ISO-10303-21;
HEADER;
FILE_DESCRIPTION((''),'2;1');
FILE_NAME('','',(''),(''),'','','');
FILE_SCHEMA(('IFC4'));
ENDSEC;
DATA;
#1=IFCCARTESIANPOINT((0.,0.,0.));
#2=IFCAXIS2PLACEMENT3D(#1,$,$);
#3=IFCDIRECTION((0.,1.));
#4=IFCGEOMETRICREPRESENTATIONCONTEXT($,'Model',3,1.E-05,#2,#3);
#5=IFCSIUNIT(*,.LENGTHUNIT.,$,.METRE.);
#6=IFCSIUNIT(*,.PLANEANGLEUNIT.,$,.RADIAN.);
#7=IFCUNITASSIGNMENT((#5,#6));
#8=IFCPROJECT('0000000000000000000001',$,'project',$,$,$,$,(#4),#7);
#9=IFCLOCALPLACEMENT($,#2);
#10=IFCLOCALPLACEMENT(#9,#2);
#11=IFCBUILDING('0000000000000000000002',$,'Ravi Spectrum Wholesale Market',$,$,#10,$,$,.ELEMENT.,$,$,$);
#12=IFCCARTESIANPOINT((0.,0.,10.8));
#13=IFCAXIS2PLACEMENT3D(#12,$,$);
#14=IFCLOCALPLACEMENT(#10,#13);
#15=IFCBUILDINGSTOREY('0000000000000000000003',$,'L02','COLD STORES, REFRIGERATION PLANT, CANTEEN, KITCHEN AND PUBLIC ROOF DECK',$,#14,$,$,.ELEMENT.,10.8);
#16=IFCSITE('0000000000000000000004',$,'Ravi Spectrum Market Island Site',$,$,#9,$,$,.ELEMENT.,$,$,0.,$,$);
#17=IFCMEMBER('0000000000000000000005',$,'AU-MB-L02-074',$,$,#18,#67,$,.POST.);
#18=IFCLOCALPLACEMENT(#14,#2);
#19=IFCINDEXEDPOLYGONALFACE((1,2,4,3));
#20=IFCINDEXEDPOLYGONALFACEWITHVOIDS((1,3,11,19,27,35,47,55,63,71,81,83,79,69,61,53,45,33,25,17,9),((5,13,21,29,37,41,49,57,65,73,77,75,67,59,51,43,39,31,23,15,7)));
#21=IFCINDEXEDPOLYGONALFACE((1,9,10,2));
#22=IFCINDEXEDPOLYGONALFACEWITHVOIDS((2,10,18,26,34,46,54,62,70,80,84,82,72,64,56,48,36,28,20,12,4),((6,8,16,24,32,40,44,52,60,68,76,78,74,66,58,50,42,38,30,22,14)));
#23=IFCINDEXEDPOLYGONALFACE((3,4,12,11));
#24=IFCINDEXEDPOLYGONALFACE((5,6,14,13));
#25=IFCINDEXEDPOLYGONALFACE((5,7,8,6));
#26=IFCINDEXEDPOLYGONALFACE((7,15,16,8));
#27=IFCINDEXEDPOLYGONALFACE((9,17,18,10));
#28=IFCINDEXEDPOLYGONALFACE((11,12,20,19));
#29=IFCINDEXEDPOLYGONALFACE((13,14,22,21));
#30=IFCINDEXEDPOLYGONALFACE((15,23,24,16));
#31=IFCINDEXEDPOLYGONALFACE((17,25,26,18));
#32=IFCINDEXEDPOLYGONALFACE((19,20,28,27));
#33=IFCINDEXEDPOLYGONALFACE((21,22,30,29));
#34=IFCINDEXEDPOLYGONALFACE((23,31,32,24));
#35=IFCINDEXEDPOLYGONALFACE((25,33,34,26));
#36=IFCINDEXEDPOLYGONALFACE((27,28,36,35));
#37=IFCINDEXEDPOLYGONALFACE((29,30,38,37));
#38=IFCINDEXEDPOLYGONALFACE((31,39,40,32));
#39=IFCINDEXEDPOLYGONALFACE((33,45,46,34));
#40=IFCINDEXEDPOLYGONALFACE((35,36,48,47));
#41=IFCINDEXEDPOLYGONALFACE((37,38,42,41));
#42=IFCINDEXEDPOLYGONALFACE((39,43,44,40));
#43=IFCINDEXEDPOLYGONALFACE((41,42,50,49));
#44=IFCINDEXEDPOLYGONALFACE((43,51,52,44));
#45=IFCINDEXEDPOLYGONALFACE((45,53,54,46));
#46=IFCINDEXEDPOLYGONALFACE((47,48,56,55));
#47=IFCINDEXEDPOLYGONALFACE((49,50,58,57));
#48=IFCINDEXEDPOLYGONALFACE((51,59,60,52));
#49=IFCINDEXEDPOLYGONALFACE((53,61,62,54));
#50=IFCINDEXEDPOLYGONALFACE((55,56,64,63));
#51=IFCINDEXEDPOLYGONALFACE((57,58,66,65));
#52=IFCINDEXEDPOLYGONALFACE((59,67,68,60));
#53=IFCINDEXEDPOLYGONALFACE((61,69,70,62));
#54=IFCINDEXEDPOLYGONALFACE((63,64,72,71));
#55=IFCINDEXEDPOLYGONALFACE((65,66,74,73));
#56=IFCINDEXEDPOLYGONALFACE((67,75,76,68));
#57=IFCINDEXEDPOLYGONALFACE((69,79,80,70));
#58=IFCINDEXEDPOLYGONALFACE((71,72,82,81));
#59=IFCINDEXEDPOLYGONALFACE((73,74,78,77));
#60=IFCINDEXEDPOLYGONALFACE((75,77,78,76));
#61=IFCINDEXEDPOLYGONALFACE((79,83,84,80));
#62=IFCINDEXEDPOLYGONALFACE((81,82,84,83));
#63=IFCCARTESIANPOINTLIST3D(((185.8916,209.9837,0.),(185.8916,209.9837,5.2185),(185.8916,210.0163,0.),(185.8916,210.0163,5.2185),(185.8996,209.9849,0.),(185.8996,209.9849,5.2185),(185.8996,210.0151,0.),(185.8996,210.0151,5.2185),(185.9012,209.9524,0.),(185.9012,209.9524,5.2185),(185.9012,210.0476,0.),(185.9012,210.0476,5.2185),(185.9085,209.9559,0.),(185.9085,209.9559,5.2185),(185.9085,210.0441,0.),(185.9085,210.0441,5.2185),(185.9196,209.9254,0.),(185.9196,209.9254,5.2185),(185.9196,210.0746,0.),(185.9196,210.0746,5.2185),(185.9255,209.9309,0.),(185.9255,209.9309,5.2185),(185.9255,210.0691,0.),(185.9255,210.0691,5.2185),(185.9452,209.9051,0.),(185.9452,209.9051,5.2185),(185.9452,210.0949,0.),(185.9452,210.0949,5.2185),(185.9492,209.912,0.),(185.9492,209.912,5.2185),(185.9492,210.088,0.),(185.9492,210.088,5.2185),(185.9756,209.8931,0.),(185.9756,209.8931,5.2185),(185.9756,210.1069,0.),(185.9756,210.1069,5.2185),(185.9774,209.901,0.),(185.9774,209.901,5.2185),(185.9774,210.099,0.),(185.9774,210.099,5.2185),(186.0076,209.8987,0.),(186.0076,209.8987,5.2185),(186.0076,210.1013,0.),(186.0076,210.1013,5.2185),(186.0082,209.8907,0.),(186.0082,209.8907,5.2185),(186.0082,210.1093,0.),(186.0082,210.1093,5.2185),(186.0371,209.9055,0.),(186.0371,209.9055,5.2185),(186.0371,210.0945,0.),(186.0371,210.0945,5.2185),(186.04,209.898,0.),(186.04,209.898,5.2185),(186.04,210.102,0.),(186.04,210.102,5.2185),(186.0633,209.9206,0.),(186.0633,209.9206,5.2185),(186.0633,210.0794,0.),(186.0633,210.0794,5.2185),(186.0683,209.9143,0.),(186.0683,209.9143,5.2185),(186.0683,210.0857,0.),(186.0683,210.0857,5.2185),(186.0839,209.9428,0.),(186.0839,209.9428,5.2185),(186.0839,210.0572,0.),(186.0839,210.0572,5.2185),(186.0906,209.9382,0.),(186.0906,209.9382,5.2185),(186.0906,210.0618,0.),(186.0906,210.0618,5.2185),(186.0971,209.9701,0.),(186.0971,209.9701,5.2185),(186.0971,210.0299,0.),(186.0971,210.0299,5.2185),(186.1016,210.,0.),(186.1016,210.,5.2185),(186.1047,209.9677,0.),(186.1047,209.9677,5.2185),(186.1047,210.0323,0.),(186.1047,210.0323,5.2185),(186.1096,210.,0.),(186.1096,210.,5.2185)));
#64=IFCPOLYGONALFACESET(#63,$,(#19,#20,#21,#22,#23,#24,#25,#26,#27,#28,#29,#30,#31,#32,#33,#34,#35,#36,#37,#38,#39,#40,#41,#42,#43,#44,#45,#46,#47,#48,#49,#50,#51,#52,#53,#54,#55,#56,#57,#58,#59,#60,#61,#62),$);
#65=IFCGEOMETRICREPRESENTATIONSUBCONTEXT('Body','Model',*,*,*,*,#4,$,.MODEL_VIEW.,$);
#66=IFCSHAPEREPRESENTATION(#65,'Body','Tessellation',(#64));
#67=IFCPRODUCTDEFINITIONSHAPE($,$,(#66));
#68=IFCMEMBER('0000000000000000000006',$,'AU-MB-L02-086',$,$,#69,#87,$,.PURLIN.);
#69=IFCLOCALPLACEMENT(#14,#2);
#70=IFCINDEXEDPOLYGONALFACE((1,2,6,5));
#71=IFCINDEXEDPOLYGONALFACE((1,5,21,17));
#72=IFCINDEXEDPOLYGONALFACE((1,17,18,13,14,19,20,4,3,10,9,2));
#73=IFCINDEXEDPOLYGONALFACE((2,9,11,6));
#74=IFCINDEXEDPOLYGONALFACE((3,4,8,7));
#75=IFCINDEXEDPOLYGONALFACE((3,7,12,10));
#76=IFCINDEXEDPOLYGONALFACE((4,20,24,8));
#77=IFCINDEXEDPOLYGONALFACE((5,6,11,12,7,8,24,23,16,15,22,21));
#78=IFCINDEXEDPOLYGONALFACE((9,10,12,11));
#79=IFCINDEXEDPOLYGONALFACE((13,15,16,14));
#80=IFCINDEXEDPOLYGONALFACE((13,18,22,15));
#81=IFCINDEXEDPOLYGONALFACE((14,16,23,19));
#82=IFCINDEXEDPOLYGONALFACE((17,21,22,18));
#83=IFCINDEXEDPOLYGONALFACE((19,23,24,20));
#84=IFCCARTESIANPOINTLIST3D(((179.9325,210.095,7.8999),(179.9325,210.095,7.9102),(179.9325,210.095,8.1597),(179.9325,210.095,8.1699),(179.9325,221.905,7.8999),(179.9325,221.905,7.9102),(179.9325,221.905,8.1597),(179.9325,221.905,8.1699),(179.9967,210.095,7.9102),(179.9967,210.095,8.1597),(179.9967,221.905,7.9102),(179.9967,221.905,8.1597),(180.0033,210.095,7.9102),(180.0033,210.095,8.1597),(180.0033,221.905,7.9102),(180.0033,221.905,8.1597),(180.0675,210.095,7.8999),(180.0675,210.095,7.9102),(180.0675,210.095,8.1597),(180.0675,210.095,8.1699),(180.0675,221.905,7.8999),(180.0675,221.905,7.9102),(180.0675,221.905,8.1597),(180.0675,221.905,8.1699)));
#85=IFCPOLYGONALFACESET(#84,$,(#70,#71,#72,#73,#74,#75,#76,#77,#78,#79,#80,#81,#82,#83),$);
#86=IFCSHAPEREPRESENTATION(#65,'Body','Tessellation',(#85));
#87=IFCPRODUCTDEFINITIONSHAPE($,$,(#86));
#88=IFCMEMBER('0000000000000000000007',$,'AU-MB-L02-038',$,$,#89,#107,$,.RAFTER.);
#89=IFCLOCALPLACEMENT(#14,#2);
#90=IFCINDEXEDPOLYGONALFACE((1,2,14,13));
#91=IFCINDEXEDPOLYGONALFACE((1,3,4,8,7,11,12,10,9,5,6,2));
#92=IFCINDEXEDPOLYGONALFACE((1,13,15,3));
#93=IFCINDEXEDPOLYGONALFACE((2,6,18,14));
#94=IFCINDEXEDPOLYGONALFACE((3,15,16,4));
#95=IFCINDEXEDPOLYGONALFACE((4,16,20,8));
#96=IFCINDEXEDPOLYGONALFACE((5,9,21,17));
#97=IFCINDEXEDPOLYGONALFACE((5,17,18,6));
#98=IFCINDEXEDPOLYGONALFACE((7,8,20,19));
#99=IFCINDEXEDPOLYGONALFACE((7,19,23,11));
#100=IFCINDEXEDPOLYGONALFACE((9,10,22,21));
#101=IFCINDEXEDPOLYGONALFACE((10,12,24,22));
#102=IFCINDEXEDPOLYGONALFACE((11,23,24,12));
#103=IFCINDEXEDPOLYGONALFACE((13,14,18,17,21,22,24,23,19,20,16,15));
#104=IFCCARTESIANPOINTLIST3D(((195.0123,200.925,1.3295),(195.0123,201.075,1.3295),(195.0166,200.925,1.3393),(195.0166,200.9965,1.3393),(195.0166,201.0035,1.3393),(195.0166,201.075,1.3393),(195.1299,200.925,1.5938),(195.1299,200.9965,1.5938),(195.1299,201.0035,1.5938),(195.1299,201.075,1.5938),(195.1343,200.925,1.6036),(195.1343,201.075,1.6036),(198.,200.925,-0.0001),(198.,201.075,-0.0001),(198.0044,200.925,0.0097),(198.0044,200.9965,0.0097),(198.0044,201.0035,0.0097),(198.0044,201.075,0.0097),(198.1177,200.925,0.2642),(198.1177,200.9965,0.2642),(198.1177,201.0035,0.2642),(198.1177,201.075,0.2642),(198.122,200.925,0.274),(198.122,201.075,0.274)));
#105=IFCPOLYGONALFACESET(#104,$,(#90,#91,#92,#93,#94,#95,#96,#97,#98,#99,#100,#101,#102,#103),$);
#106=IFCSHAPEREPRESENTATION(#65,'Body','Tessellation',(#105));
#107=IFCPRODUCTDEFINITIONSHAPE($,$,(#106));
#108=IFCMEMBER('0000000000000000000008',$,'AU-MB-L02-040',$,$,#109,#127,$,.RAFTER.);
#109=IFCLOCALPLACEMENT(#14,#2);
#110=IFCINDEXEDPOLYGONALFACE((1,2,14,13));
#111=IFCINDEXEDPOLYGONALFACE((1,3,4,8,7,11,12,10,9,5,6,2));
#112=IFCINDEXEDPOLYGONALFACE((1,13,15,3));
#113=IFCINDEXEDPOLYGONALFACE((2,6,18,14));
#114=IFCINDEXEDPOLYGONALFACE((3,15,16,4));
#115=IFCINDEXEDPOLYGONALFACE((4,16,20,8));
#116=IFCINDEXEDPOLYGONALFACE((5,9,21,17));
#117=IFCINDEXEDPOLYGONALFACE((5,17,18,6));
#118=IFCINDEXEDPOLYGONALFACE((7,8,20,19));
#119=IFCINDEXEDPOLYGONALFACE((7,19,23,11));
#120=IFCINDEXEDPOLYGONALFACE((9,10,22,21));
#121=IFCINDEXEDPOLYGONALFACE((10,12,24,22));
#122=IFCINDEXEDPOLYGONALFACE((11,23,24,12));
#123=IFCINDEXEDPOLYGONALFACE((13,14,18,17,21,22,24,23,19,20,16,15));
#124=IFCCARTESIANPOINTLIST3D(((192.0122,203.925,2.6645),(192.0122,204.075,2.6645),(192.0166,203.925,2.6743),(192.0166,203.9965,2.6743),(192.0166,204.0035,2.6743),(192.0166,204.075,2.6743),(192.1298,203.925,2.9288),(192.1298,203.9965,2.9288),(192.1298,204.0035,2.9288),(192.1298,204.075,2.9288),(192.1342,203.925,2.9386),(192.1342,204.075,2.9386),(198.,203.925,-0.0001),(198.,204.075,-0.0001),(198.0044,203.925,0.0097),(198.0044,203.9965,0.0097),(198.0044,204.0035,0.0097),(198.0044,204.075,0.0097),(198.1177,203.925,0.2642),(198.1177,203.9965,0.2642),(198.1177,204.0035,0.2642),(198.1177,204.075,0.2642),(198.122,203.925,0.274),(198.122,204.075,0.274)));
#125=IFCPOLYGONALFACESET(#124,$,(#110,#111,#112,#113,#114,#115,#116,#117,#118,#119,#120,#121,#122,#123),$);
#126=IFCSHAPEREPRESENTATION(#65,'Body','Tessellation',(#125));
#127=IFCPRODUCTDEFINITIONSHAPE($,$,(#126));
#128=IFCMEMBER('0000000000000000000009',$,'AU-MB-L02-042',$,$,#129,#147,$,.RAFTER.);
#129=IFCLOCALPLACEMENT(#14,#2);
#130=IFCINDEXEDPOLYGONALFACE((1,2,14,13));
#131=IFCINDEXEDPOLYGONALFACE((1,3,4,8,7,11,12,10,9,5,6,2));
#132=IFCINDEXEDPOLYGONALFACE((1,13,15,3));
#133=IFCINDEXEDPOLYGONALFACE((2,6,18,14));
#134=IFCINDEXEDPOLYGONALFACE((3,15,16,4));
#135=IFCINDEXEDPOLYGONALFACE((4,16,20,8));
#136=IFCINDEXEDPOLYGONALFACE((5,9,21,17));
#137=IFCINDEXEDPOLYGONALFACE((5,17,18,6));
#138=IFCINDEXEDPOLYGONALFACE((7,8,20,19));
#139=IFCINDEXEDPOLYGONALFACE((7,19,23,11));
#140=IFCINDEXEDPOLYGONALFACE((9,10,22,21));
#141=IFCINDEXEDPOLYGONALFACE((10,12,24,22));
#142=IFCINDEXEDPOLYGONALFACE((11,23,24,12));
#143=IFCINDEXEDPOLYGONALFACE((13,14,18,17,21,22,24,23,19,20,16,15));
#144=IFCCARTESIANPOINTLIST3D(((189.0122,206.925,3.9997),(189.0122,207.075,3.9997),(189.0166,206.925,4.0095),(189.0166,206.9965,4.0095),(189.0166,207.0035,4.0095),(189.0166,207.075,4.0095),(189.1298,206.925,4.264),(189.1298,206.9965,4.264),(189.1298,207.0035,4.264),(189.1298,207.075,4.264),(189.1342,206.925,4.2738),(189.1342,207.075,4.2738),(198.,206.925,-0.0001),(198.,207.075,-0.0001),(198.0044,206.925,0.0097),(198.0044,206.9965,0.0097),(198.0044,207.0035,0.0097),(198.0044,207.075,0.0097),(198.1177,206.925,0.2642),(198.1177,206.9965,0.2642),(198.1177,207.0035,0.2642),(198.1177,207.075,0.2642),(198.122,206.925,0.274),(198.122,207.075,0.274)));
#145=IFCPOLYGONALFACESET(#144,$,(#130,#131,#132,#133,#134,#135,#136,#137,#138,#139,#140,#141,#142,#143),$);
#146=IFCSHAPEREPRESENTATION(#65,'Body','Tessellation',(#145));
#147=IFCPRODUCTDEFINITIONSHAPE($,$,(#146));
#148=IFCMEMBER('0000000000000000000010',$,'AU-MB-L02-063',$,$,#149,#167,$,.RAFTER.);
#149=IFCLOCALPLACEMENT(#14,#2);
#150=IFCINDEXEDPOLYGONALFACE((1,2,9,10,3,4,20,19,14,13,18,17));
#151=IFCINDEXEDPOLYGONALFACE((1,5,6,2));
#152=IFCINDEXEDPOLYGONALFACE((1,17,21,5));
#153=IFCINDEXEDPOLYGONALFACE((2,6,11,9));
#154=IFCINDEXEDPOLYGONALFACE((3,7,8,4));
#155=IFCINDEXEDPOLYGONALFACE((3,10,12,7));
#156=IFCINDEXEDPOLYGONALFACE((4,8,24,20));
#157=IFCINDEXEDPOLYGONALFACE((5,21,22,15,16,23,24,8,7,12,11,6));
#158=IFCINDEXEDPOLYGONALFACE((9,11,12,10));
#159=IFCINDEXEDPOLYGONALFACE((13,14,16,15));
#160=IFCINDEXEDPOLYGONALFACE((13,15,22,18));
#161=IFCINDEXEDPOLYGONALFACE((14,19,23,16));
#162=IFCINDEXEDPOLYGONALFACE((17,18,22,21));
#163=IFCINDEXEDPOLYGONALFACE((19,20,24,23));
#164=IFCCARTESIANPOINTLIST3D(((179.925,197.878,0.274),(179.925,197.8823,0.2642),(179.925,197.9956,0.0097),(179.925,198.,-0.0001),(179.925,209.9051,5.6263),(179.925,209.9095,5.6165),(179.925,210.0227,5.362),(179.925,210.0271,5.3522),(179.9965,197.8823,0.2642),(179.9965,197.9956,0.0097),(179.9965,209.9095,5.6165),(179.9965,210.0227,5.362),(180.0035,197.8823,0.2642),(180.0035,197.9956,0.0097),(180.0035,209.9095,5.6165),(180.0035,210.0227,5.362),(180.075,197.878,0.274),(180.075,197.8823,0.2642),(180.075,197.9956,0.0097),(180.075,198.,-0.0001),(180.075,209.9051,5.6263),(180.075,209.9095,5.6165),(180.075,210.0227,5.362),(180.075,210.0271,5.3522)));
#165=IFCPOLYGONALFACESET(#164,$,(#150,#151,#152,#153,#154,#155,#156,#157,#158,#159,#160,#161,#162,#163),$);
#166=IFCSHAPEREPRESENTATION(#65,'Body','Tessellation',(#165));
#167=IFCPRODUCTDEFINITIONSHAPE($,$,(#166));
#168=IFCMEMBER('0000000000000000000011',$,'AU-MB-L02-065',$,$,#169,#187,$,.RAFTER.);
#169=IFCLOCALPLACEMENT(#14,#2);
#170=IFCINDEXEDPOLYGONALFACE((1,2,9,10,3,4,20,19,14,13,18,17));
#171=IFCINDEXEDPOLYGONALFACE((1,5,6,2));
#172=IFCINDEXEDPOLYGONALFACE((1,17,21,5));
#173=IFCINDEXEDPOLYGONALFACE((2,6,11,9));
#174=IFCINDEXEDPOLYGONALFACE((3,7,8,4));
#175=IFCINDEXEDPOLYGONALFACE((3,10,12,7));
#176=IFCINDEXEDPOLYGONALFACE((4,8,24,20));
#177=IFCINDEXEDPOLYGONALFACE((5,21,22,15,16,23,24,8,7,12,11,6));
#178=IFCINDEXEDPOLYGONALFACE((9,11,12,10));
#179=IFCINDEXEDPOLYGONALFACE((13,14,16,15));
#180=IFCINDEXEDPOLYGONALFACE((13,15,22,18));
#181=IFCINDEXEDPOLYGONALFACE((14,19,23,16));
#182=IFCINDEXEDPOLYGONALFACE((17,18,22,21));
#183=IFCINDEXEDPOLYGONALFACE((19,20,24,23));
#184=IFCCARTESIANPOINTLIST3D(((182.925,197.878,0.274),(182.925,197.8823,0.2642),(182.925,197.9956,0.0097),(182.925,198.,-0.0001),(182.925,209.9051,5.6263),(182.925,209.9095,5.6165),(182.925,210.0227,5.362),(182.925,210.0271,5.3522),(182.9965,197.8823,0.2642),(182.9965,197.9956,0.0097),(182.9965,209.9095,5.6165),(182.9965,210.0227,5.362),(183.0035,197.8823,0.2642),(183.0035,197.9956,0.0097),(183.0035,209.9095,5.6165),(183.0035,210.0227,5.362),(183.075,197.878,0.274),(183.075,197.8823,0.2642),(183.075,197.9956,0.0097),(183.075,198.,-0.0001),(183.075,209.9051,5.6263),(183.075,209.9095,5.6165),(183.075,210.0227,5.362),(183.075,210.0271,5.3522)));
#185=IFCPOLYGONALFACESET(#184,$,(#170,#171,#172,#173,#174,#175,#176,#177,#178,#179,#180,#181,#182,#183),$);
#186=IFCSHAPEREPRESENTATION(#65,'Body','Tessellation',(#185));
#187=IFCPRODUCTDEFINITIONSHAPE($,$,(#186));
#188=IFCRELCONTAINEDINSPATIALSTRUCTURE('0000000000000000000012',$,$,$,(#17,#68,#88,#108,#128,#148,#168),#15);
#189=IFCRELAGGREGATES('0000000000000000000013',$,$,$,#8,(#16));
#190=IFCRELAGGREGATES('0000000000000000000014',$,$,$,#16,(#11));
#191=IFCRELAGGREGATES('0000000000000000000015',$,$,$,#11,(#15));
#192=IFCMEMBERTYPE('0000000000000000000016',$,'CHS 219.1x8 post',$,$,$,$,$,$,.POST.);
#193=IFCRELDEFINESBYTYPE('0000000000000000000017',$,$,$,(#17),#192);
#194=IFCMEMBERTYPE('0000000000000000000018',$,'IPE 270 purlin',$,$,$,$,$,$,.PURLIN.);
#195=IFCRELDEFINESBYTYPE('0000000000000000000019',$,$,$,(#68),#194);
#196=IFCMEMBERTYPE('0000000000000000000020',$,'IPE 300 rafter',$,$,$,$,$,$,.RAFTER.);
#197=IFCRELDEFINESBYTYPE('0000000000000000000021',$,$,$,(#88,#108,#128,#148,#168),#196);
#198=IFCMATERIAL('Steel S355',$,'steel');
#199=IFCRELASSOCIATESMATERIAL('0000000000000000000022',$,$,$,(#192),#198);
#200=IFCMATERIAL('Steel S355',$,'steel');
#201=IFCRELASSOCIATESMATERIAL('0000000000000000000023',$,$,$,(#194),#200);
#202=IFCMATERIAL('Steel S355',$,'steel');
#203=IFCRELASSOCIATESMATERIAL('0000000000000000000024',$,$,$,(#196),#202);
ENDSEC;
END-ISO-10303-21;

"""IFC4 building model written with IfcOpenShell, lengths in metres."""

from ifc_helpers import new_model, si_unit, direction, frame, origin, origin_2d, place, context, subcontext, project, spatial, hollow_circle, i_section, extrude, material, material_profile, profile_set, type_object, element, save


model = new_model("IFC4")

# Units and contexts
model_context = context("Model", 3, precision=1e-05, world=origin(), true_north=direction((0.0, 1.0)))
body_context = subcontext(model_context, "Body", "Model", "MODEL_VIEW")
ifc_project = project(units=[si_unit("LENGTHUNIT", "METRE"), si_unit("PLANEANGLEUNIT", "RADIAN")], contexts=[model_context])

# Site, building, storey
site_placement = place(None, origin())
site = spatial("IfcSite", under=ifc_project, at=site_placement, Name="Ravi Spectrum Market Island Site", CompositionType="ELEMENT", RefElevation=0.0)
building_placement = place(site_placement, origin())
building = spatial("IfcBuilding", under=site, at=building_placement, Name="Ravi Spectrum Wholesale Market", CompositionType="ELEMENT")
storey_placement = place(building_placement, frame((0.0, 0.0, 10.8)))
storey = spatial("IfcBuildingStorey", under=building, at=storey_placement, Name="L02", Description="COLD STORES, REFRIGERATION PLANT, CANTEEN, KITCHEN AND PUBLIC ROOF DECK", CompositionType="ELEMENT", Elevation=10.8)

# Members
ifc_material_1 = material(Name="Steel S355", Category="steel")
ifc_material_profile_1 = material_profile(ifc_material_1, hollow_circle(Radius=0.1096, WallThickness=0.0081, at=origin_2d()))
ifc_profile_set_1 = profile_set([ifc_material_profile_1], Name="Steel S355")
member_type_1 = type_object("IfcMemberType", Name="CHS 219.1x8 post", PredefinedType="POST", material=ifc_profile_set_1)
member_1_placement = place(storey_placement, frame((186.0, 210.0, 0.0), z_axis=(0.0, 0.0, 1.0), x_axis=(1.0, 0.0, 0.0)))
element("IfcMember", 1, at=member_1_placement, inside=storey, type_object=member_type_1, Name="AU-MB-L02-074", PredefinedType="POST", context=body_context, shape_type="SweptSolid", body=[
    extrude(hollow_circle(Radius=0.1096, WallThickness=0.0081, at=origin_2d()), origin(), (0.0, 0.0, 1.0), 5.2185),
])
ifc_material_2 = material(Name="Steel S355", Category="steel")
ifc_material_profile_2 = material_profile(ifc_material_2, i_section(OverallWidth=0.135, OverallDepth=0.27, WebThickness=0.0066, FlangeThickness=0.0103, at=origin_2d()))
ifc_profile_set_2 = profile_set([ifc_material_profile_2], Name="Steel S355")
member_type_2 = type_object("IfcMemberType", Name="IPE 270 purlin", PredefinedType="PURLIN", material=ifc_profile_set_2)
member_2_placement = place(storey_placement, frame((180.0, 210.095, 8.0349), z_axis=(0.0, 1.0, 0.0), x_axis=(-1.0, 0.0, 0.0)))
element("IfcMember", 2, at=member_2_placement, inside=storey, type_object=member_type_2, Name="AU-MB-L02-086", PredefinedType="PURLIN", context=body_context, shape_type="SweptSolid", body=[
    extrude(i_section(OverallWidth=0.135, OverallDepth=0.27, WebThickness=0.0066, FlangeThickness=0.0103, at=origin_2d()), origin(), (0.0, 0.0, 1.0), 11.8101),
])
ifc_material_3 = material(Name="Steel S355", Category="steel")
ifc_material_profile_3 = material_profile(ifc_material_3, i_section(OverallWidth=0.1499, OverallDepth=0.3, WebThickness=0.0071, FlangeThickness=0.0107, at=origin_2d()))
ifc_profile_set_3 = profile_set([ifc_material_profile_3], Name="Steel S355")
member_type_3 = type_object("IfcMemberType", Name="IPE 300 rafter", PredefinedType="RAFTER", material=ifc_profile_set_3)
member_3_placement = place(storey_placement, frame((198.061, 201.0, 0.137), z_axis=(-0.913621, 0.0, 0.406568), x_axis=(0.0, -1.0, 0.0)))
element("IfcMember", 3, at=member_3_placement, inside=storey, type_object=member_type_3, Name="AU-MB-L02-038", PredefinedType="RAFTER", context=body_context, shape_type="SweptSolid", body=[
    extrude(i_section(OverallWidth=0.1499, OverallDepth=0.3, WebThickness=0.0071, FlangeThickness=0.0107, at=origin_2d()), origin(), (0.0, 0.0, 1.0), 3.2703),
])
member_4_placement = place(storey_placement, frame((198.061, 204.0, 0.137), z_axis=(-0.913624, 0.0, 0.40656), x_axis=(0.0, -1.0, 0.0)))
element("IfcMember", 4, at=member_4_placement, inside=storey, type_object=member_type_3, Name="AU-MB-L02-040", PredefinedType="RAFTER", context=body_context, shape_type="SweptSolid", body=[
    extrude(i_section(OverallWidth=0.1499, OverallDepth=0.3, WebThickness=0.0071, FlangeThickness=0.0107, at=origin_2d()), origin(), (0.0, 0.0, 1.0), 6.554),
])
member_5_placement = place(storey_placement, frame((198.061, 207.0, 0.137), z_axis=(-0.913616, 0.0, 0.406578), x_axis=(0.0, -1.0, 0.0)))
element("IfcMember", 5, at=member_5_placement, inside=storey, type_object=member_type_3, Name="AU-MB-L02-042", PredefinedType="RAFTER", context=body_context, shape_type="SweptSolid", body=[
    extrude(i_section(OverallWidth=0.1499, OverallDepth=0.3, WebThickness=0.0071, FlangeThickness=0.0107, at=origin_2d()), origin(), (0.0, 0.0, 1.0), 9.8376),
])
for number, where, z_axis, x_axis, name in (
    (6, (180.0, 197.939, 0.137), (0.0, 0.913616, 0.406577), (-1.0, 0.0, 0.0), "AU-MB-L02-063"),
    (7, (183.0, 197.939, 0.137), (0.0, 0.913616, 0.406577), (-1.0, 0.0, 0.0), "AU-MB-L02-065"),
):
    element("IfcMember", number, at=place(storey_placement, frame(where, z_axis=z_axis, x_axis=x_axis)), inside=storey, type_object=member_type_3, Name=name, PredefinedType="RAFTER", context=body_context, shape_type="SweptSolid", body=[
        extrude(i_section(OverallWidth=0.1499, OverallDepth=0.3, WebThickness=0.0071, FlangeThickness=0.0107, at=origin_2d()), origin(), (0.0, 0.0, 1.0), 13.1643),
    ])

save(model, "model.ifc")
